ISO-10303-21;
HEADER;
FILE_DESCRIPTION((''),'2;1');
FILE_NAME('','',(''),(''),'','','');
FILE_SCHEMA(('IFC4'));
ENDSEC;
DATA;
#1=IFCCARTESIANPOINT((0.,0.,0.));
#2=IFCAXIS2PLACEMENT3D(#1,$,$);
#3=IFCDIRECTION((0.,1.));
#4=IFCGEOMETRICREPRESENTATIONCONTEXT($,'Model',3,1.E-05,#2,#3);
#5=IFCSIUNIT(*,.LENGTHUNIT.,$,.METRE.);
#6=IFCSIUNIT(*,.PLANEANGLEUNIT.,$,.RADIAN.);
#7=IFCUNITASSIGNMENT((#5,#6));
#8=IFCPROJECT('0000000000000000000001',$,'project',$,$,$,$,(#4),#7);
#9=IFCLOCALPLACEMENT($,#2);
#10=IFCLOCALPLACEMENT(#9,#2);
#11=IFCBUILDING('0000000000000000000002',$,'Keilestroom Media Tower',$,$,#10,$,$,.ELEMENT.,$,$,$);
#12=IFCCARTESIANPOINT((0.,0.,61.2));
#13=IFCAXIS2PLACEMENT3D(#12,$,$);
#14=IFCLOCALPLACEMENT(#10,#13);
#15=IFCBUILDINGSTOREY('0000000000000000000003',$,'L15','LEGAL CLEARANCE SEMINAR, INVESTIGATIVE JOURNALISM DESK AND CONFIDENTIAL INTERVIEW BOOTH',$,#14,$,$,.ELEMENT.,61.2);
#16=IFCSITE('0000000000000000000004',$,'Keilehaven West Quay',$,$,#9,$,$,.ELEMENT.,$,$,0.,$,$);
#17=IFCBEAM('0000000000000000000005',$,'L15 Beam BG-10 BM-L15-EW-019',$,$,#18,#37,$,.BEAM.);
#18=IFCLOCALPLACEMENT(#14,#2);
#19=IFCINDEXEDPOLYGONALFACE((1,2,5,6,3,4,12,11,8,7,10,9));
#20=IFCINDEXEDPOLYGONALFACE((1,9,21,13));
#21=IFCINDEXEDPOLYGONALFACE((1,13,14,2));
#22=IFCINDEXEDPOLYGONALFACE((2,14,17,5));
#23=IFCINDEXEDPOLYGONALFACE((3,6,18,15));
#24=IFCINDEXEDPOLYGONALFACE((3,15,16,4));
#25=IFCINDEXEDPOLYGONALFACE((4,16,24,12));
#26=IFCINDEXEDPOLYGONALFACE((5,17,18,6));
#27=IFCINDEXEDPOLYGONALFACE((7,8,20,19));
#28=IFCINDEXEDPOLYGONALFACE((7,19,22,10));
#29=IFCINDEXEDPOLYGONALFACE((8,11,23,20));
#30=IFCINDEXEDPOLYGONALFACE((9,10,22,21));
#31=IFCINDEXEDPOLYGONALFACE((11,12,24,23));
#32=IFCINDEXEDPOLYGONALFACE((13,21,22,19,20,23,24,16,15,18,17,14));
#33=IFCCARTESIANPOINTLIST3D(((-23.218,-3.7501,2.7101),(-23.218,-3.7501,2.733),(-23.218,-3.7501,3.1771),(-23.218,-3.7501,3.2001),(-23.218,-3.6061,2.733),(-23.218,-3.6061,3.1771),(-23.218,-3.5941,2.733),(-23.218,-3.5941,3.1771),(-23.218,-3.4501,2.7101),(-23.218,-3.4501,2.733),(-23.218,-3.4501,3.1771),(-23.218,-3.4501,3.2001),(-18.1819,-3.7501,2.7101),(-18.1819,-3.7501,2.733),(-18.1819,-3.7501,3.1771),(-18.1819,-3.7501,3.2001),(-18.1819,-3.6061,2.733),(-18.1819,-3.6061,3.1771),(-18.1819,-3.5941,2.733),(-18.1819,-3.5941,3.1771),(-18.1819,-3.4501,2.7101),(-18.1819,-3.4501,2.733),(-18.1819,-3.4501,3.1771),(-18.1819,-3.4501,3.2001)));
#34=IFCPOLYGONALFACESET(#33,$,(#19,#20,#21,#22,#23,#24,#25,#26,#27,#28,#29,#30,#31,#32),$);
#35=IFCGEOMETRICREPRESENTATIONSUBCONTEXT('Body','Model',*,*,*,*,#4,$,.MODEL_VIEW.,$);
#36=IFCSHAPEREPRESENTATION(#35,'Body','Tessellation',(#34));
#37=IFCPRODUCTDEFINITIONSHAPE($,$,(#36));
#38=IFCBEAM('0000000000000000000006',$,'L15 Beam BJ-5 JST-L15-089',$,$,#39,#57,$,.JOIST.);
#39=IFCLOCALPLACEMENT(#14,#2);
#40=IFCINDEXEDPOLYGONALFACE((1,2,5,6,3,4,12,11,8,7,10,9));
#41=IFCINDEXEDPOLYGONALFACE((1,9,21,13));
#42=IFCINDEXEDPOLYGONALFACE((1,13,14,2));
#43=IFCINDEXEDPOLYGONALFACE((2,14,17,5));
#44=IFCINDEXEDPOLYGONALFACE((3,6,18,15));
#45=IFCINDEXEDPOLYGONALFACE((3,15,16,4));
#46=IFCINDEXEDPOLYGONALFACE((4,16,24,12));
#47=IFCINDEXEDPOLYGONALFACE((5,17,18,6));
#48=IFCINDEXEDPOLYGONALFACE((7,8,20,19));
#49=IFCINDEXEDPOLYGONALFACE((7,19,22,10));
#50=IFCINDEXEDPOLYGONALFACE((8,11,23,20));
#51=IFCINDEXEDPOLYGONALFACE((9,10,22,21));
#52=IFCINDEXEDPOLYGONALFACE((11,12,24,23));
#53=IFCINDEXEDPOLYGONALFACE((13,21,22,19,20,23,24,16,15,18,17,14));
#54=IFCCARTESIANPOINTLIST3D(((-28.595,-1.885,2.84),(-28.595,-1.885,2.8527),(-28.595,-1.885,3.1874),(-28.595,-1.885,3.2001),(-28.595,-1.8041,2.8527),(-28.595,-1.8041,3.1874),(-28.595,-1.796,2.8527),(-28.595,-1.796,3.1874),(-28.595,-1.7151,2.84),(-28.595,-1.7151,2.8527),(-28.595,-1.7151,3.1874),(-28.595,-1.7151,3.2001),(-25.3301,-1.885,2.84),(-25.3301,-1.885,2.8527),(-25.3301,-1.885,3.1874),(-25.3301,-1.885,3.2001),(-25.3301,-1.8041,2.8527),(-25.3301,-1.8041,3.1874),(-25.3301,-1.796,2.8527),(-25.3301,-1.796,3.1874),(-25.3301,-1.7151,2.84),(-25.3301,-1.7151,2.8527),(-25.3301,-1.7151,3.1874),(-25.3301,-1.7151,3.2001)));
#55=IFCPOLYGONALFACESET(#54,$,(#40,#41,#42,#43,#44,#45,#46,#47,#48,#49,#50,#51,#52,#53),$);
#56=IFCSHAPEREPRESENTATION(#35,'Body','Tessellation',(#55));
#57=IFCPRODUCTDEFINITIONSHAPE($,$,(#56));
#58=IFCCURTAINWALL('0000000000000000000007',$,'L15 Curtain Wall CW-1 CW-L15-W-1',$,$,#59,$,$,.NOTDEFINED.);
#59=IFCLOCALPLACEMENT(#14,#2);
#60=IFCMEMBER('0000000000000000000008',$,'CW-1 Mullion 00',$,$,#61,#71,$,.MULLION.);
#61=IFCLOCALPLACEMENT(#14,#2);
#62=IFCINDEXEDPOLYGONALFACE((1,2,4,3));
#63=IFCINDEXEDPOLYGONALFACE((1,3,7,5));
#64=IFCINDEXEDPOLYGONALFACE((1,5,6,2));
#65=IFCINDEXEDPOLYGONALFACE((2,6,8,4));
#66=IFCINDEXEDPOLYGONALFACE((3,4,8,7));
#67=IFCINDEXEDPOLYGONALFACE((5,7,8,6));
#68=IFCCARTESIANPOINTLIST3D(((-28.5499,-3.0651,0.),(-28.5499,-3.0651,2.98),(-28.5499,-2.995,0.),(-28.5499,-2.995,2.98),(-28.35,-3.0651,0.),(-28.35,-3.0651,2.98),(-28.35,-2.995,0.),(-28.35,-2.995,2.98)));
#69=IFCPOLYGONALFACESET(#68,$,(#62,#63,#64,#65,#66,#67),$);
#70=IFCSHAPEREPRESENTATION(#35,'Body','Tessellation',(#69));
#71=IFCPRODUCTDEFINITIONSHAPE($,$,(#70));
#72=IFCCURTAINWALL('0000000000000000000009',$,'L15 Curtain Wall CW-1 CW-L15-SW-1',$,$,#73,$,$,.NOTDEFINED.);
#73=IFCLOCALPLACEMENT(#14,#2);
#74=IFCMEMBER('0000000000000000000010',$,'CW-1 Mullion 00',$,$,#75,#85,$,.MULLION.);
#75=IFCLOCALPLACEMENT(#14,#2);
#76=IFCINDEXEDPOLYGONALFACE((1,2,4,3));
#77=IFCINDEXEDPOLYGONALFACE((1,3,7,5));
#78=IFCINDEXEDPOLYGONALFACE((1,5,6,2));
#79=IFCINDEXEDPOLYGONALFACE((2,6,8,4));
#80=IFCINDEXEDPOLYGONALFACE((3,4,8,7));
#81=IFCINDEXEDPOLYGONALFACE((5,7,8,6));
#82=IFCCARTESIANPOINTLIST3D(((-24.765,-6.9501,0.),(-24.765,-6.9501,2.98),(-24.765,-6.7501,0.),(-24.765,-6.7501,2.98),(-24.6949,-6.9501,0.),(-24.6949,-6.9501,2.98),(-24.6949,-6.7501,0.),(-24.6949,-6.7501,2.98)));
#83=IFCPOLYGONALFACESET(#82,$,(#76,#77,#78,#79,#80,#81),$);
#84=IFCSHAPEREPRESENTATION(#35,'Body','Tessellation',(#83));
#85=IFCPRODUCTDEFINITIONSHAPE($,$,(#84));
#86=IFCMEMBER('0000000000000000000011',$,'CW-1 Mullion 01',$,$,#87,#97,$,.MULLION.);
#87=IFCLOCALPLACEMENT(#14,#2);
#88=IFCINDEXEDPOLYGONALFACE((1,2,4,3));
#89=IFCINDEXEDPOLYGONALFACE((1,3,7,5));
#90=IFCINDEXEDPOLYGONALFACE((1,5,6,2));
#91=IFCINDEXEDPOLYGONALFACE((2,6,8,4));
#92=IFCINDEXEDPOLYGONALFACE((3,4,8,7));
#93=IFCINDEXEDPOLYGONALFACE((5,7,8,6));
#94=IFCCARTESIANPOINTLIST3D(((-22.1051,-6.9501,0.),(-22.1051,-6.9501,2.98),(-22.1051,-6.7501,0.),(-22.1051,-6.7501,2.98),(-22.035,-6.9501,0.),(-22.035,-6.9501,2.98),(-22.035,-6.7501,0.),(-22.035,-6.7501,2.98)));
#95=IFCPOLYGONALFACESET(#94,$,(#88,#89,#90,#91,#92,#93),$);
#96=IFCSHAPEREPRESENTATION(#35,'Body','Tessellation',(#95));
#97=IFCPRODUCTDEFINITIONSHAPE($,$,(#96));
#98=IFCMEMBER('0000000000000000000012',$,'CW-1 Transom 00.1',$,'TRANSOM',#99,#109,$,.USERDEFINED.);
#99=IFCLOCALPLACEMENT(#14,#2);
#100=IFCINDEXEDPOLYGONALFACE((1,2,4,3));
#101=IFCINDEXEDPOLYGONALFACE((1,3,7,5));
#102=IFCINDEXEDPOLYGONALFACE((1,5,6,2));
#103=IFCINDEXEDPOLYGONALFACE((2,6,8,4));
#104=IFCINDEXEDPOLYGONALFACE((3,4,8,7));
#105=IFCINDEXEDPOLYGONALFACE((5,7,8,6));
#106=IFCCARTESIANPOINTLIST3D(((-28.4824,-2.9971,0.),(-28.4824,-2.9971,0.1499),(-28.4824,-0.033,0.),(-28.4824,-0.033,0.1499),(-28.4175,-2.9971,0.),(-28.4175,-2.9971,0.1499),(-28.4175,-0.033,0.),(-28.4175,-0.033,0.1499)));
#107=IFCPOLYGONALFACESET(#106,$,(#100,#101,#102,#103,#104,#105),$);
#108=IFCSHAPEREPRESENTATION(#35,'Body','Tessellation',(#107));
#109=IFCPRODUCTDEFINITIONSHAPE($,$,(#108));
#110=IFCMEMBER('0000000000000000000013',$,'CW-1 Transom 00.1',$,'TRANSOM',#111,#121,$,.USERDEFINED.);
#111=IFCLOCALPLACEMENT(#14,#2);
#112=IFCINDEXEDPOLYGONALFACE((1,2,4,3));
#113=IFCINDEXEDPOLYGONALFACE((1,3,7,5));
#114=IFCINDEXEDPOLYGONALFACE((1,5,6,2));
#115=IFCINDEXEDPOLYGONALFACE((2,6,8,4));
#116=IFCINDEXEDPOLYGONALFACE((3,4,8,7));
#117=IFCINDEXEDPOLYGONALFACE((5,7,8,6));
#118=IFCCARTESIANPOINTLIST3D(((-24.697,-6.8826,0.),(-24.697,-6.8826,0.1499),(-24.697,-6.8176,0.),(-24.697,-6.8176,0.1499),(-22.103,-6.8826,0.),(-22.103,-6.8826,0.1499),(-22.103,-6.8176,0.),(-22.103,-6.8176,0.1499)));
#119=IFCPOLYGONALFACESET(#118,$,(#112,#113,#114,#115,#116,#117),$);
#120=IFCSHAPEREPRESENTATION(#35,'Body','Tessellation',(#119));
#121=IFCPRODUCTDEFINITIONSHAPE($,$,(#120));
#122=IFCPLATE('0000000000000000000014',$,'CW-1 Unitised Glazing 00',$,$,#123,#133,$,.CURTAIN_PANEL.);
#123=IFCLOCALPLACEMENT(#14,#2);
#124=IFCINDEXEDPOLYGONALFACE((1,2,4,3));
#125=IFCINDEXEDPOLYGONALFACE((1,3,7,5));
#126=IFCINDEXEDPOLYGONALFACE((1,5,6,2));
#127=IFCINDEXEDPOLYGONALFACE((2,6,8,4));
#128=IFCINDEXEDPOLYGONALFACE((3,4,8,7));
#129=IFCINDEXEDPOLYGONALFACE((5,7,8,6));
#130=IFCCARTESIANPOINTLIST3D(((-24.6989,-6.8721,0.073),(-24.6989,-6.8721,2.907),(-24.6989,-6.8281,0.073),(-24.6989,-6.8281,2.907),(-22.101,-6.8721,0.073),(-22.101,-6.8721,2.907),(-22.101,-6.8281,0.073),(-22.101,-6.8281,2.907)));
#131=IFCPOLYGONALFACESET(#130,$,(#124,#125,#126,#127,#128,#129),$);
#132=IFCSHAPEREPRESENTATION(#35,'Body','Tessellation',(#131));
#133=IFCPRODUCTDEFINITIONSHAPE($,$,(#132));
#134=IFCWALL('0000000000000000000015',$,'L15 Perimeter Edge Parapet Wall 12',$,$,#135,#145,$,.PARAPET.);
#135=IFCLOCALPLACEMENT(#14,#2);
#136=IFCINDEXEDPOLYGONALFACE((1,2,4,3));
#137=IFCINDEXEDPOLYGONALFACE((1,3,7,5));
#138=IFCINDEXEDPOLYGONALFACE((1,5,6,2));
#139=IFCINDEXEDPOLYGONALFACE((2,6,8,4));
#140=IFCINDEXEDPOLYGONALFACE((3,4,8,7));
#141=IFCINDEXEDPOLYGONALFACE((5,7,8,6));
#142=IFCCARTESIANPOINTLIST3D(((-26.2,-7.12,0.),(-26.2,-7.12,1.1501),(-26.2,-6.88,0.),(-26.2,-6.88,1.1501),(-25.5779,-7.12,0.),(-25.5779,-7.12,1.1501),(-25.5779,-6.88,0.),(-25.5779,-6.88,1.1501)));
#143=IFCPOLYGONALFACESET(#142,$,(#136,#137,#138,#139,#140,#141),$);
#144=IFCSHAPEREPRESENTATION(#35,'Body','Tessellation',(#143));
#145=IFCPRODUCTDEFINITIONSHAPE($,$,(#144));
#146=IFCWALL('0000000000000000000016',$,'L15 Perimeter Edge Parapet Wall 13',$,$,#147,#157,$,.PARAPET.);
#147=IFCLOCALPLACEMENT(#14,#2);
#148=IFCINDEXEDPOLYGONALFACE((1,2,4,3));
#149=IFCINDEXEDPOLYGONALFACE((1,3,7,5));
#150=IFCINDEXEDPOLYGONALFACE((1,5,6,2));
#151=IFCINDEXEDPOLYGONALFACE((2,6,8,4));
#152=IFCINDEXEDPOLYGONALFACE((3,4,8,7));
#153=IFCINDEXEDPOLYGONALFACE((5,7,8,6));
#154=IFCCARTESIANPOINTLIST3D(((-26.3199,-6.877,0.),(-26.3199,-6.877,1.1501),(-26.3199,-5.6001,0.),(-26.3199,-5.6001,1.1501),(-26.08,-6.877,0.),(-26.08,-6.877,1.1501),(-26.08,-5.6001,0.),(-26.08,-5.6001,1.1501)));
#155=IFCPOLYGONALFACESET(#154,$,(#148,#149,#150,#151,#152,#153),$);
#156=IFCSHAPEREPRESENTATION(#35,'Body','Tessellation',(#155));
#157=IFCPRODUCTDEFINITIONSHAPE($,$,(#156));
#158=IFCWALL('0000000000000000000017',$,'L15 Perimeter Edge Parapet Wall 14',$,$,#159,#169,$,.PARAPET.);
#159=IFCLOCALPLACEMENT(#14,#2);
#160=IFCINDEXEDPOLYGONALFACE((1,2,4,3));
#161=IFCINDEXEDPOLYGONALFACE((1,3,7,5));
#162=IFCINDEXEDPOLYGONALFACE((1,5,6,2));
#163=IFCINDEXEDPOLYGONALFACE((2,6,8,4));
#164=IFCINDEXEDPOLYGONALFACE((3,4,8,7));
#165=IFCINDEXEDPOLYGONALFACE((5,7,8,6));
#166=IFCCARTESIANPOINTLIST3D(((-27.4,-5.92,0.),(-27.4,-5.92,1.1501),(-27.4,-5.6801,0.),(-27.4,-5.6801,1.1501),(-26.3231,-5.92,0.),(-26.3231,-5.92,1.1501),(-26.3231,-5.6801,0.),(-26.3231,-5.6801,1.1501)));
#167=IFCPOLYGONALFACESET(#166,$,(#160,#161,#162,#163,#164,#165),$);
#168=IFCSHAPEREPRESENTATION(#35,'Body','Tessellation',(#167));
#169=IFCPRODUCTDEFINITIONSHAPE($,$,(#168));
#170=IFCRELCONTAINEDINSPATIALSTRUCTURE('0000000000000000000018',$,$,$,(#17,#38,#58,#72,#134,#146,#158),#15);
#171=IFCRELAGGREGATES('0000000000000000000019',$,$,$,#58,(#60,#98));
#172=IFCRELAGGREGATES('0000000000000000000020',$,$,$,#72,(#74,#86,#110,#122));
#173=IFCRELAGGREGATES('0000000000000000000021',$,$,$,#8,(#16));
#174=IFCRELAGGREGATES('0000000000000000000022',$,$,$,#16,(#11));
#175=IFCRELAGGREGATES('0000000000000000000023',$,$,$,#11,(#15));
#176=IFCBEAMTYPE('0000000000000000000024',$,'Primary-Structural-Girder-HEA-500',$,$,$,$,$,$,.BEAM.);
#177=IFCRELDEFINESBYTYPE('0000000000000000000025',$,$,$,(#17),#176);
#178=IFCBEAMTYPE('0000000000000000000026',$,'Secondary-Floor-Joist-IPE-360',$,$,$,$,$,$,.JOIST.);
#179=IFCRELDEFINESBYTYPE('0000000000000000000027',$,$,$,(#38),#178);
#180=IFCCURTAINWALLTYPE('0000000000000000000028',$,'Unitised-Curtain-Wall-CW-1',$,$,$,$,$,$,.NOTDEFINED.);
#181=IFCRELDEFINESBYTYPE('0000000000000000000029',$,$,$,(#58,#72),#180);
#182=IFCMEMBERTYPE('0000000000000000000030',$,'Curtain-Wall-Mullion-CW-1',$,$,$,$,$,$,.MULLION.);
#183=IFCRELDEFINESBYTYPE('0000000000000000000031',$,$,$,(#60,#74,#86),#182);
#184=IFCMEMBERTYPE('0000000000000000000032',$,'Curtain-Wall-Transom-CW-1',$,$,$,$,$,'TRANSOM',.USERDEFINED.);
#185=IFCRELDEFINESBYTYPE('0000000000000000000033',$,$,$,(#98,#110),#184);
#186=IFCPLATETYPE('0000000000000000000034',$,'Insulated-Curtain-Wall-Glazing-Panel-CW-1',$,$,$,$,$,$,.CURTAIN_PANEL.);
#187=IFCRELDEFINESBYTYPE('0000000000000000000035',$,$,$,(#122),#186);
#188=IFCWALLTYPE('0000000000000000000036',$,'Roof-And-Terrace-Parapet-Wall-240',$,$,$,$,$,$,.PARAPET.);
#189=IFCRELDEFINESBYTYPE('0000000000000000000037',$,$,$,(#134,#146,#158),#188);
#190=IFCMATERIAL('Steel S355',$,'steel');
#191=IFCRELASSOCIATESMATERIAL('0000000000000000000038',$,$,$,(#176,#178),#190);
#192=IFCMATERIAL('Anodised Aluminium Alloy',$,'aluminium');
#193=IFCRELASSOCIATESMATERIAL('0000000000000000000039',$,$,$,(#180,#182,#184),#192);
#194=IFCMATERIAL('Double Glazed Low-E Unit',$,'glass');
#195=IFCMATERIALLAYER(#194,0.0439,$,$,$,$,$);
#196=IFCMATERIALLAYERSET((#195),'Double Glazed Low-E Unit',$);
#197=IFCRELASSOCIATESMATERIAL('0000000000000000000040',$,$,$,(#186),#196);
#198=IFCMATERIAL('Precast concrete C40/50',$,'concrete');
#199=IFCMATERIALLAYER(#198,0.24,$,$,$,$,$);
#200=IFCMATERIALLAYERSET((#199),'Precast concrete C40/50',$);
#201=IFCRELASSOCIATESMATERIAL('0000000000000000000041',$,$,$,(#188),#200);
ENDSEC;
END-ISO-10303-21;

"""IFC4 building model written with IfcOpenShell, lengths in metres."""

from ifc_helpers import new_model, si_unit, direction, frame, frame_2d, origin, origin_2d, place, context, subcontext, project, spatial, rectangle, i_section, extrude, source, transform, mapped, material, layer, layer_set, material_profile, profile_set, type_object, element, aggregate, save


model = new_model("IFC4")

# Units and contexts
model_context = context("Model", 3, precision=1e-05, world=origin(), true_north=direction((0.0, 1.0)))
body_context = subcontext(model_context, "Body", "Model", "MODEL_VIEW")
ifc_project = project(units=[si_unit("LENGTHUNIT", "METRE"), si_unit("PLANEANGLEUNIT", "RADIAN")], contexts=[model_context])

# Site, building, storey
site_placement = place(None, origin())
site = spatial("IfcSite", under=ifc_project, at=site_placement, Name="Keilehaven West Quay", CompositionType="ELEMENT", RefElevation=0.0)
building_placement = place(site_placement, origin())
building = spatial("IfcBuilding", under=site, at=building_placement, Name="Keilestroom Media Tower", CompositionType="ELEMENT")
storey_placement = place(building_placement, frame((0.0, 0.0, 61.2)))
storey = spatial("IfcBuildingStorey", under=building, at=storey_placement, Name="L15", Description="LEGAL CLEARANCE SEMINAR, INVESTIGATIVE JOURNALISM DESK AND CONFIDENTIAL INTERVIEW BOOTH", CompositionType="ELEMENT", Elevation=61.2)

# Shared definitions
ifc_material_1 = material(Name="Precast concrete C40/50", Category="concrete")

# Beams
ifc_material_2 = material(Name="Steel S355", Category="steel")
ifc_material_profile_1 = material_profile(ifc_material_2, i_section(OverallWidth=0.3, OverallDepth=0.49, WebThickness=0.012, FlangeThickness=0.0229, at=origin_2d()), Name="HEA 500")
ifc_profile_set_1 = profile_set([ifc_material_profile_1], Name="Steel S355")
beam_type_1 = type_object("IfcBeamType", Name="Primary-Structural-Girder-HEA-500", PredefinedType="BEAM", material=ifc_profile_set_1)
shared_shape_1 = source(origin(), body_context, "Body", "SweptSolid", [
    extrude(i_section(OverallWidth=0.3, OverallDepth=0.49, WebThickness=0.012, FlangeThickness=0.0229, at=origin_2d()), origin(), (0.0, 0.0, 1.0), 5.0361),
])
beam_1_placement = place(storey_placement, frame((-23.218, -3.6001, 2.9551), z_axis=(1.0, 0.0, 0.0), x_axis=(0.0, 1.0, 0.0)))
element("IfcBeam", 1, at=beam_1_placement, inside=storey, type_object=beam_type_1, Name="L15 Beam BG-10 BM-L15-EW-019", PredefinedType="BEAM", context=body_context, shape_type="MappedRepresentation", body=[
    mapped(shared_shape_1, transform((0.0, 0.0, 0.0), x_axis=(1.0, 0.0, 0.0), y_axis=(0.0, 1.0, 0.0), z_axis=(0.0, 0.0, 1.0), scale=1.0)),
])
ifc_material_profile_2 = material_profile(ifc_material_2, i_section(OverallWidth=0.1699, OverallDepth=0.3601, WebThickness=0.0081, FlangeThickness=0.0127, at=origin_2d()), Name="IPE 360")
ifc_profile_set_2 = profile_set([ifc_material_profile_2], Name="Steel S355")
beam_type_2 = type_object("IfcBeamType", Name="Secondary-Floor-Joist-IPE-360", PredefinedType="JOIST", material=ifc_profile_set_2)
shared_shape_2 = source(origin(), body_context, "Body", "SweptSolid", [
    extrude(i_section(OverallWidth=0.1699, OverallDepth=0.3601, WebThickness=0.0081, FlangeThickness=0.0127, at=origin_2d()), origin(), (0.0, 0.0, 1.0), 3.2649),
])
beam_2_placement = place(storey_placement, frame((-28.595, -1.8, 3.02), z_axis=(1.0, 0.0, 0.0), x_axis=(0.0, 1.0, 0.0)))
element("IfcBeam", 2, at=beam_2_placement, inside=storey, type_object=beam_type_2, Name="L15 Beam BJ-5 JST-L15-089", PredefinedType="JOIST", context=body_context, shape_type="MappedRepresentation", body=[
    mapped(shared_shape_2, transform((0.0, 0.0, 0.0), x_axis=(1.0, 0.0, 0.0), y_axis=(0.0, 1.0, 0.0), z_axis=(0.0, 0.0, 1.0), scale=1.0)),
])

# Curtain wall, member
ifc_material_3 = material(Name="Anodised Aluminium Alloy", Category="aluminium")
curtain_wall_type = type_object("IfcCurtainWallType", Name="Unitised-Curtain-Wall-CW-1", PredefinedType="NOTDEFINED", material=ifc_material_3)
curtain_wall_1_placement = place(storey_placement, origin())
curtain_wall_1 = element("IfcCurtainWall", 3, at=curtain_wall_1_placement, inside=storey, type_object=curtain_wall_type, Name="L15 Curtain Wall CW-1 CW-L15-W-1", PredefinedType="NOTDEFINED")
ifc_material_profile_3 = material_profile(ifc_material_3, rectangle(XDim=0.0701, YDim=0.2, at=origin_2d()), Name="ALU MULLION 70x200")
ifc_profile_set_3 = profile_set([ifc_material_profile_3], Name="Anodised Aluminium Alloy")
member_type_1 = type_object("IfcMemberType", Name="Curtain-Wall-Mullion-CW-1", PredefinedType="MULLION", material=ifc_profile_set_3)
shared_shape_3 = source(origin(), body_context, "Body", "SweptSolid", [
    extrude(rectangle(XDim=0.0701, YDim=0.2, at=origin_2d()), origin(), (0.0, 0.0, 1.0), 2.98),
])
member_1_placement = place(storey_placement, frame((-28.45, -3.03, 0.0), z_axis=(0.0, 0.0, 1.0), x_axis=(0.0, 1.0, 0.0)))
member_1 = element("IfcMember", 4, at=member_1_placement, type_object=member_type_1, Name="CW-1 Mullion 00", PredefinedType="MULLION", context=body_context, shape_type="MappedRepresentation", body=[
    mapped(shared_shape_3, transform((0.0, 0.0, 0.0), x_axis=(1.0, 0.0, 0.0), y_axis=(0.0, 1.0, 0.0), z_axis=(0.0, 0.0, 1.0), scale=1.0)),
])

# Curtain wall, members
curtain_wall_2_placement = place(storey_placement, origin())
curtain_wall_2 = element("IfcCurtainWall", 5, at=curtain_wall_2_placement, inside=storey, type_object=curtain_wall_type, Name="L15 Curtain Wall CW-1 CW-L15-SW-1", PredefinedType="NOTDEFINED")
member_2_placement = place(storey_placement, frame((-24.73, -6.8501, 0.0), z_axis=(0.0, 0.0, 1.0), x_axis=(1.0, 0.0, 0.0)))
member_2 = element("IfcMember", 6, at=member_2_placement, type_object=member_type_1, Name="CW-1 Mullion 00", PredefinedType="MULLION", context=body_context, shape_type="MappedRepresentation", body=[
    mapped(shared_shape_3, transform((0.0, 0.0, 0.0), x_axis=(1.0, 0.0, 0.0), y_axis=(0.0, 1.0, 0.0), z_axis=(0.0, 0.0, 1.0), scale=1.0)),
])
member_3_placement = place(storey_placement, frame((-22.0701, -6.8501, 0.0), z_axis=(0.0, 0.0, 1.0), x_axis=(1.0, 0.0, 0.0)))
member_3 = element("IfcMember", 7, at=member_3_placement, type_object=member_type_1, Name="CW-1 Mullion 01", PredefinedType="MULLION", context=body_context, shape_type="MappedRepresentation", body=[
    mapped(shared_shape_3, transform((0.0, 0.0, 0.0), x_axis=(1.0, 0.0, 0.0), y_axis=(0.0, 1.0, 0.0), z_axis=(0.0, 0.0, 1.0), scale=1.0)),
])

# Members
ifc_material_profile_4 = material_profile(ifc_material_3, rectangle(XDim=0.0649, YDim=0.1499, at=origin_2d()), Name="ALU TRANSOM 65x150")
ifc_profile_set_4 = profile_set([ifc_material_profile_4], Name="Anodised Aluminium Alloy")
member_type_2 = type_object("IfcMemberType", Name="Curtain-Wall-Transom-CW-1", ElementType="TRANSOM", PredefinedType="USERDEFINED", material=ifc_profile_set_4)
shared_shape_4 = source(origin(), body_context, "Body", "SweptSolid", [
    extrude(rectangle(XDim=0.0649, YDim=0.1499, at=origin_2d()), origin(), (0.0, 0.0, 1.0), 2.9641),
])
member_4_placement = place(storey_placement, frame((-28.45, -2.9971, 0.075), z_axis=(0.0, 1.0, 0.0), x_axis=(-1.0, 0.0, 0.0)))
member_4 = element("IfcMember", 8, at=member_4_placement, type_object=member_type_2, Name="CW-1 Transom 00.1", ObjectType="TRANSOM", PredefinedType="USERDEFINED", context=body_context, shape_type="MappedRepresentation", body=[
    mapped(shared_shape_4, transform((0.0, 0.0, 0.0), x_axis=(1.0, 0.0, 0.0), y_axis=(0.0, 1.0, 0.0), z_axis=(0.0, 0.0, 1.0), scale=1.0)),
])
aggregate(curtain_wall_1, [member_1, member_4])
shared_shape_5 = source(origin(), body_context, "Body", "SweptSolid", [
    extrude(rectangle(XDim=0.0649, YDim=0.1499, at=origin_2d()), origin(), (0.0, 0.0, 1.0), 2.594),
])
member_5_placement = place(storey_placement, frame((-24.697, -6.8501, 0.075), z_axis=(1.0, 0.0, 0.0), x_axis=(0.0, 1.0, 0.0)))
member_5 = element("IfcMember", 9, at=member_5_placement, type_object=member_type_2, Name="CW-1 Transom 00.1", ObjectType="TRANSOM", PredefinedType="USERDEFINED", context=body_context, shape_type="MappedRepresentation", body=[
    mapped(shared_shape_5, transform((0.0, 0.0, 0.0), x_axis=(1.0, 0.0, 0.0), y_axis=(0.0, 1.0, 0.0), z_axis=(0.0, 0.0, 1.0), scale=1.0)),
])

# Plate
ifc_material_4 = material(Name="Double Glazed Low-E Unit", Category="glass")
ifc_layer_1 = layer(ifc_material_4, 0.0439)
ifc_layer_set_1 = layer_set([ifc_layer_1], Name="Double Glazed Low-E Unit")
plate_type = type_object("IfcPlateType", Name="Insulated-Curtain-Wall-Glazing-Panel-CW-1", PredefinedType="CURTAIN_PANEL", material=ifc_layer_set_1)
shared_shape_6 = source(origin(), body_context, "Body", "SweptSolid", [
    extrude(rectangle(XDim=2.5979, YDim=0.0439, at=origin_2d()), origin(), (0.0, 0.0, 1.0), 2.834),
])
plate_placement = place(storey_placement, frame((-23.3999, -6.8501, 0.073), z_axis=(0.0, 0.0, 1.0), x_axis=(1.0, 0.0, 0.0)))
plate = element("IfcPlate", 10, at=plate_placement, type_object=plate_type, Name="CW-1 Unitised Glazing 00", PredefinedType="CURTAIN_PANEL", context=body_context, shape_type="MappedRepresentation", body=[
    mapped(shared_shape_6, transform((0.0, 0.0, 0.0), x_axis=(1.0, 0.0, 0.0), y_axis=(0.0, 1.0, 0.0), z_axis=(0.0, 0.0, 1.0), scale=1.0)),
])
aggregate(curtain_wall_2, [member_2, member_3, member_5, plate])

# Walls
ifc_layer_2 = layer(ifc_material_1, 0.24)
ifc_layer_set_2 = layer_set([ifc_layer_2], Name="Precast concrete C40/50")
wall_type = type_object("IfcWallType", Name="Roof-And-Terrace-Parapet-Wall-240", PredefinedType="PARAPET", material=ifc_layer_set_2)
wall_1_placement = place(storey_placement, frame((-25.5779, -7.0, 0.0), z_axis=(0.0, 0.0, 1.0), x_axis=(-1.0, 0.0, 0.0)))
element("IfcWall", 11, at=wall_1_placement, inside=storey, type_object=wall_type, Name="L15 Perimeter Edge Parapet Wall 12", PredefinedType="PARAPET", context=body_context, shape_type="SweptSolid", body=[
    extrude(rectangle(XDim=0.6221, YDim=0.24, at=frame_2d((0.311, 0.0))), origin(), (0.0, 0.0, 1.0), 1.1501),
])
wall_2_placement = place(storey_placement, frame((-26.2, -6.877, 0.0), z_axis=(0.0, 0.0, 1.0), x_axis=(0.0, 1.0, 0.0)))
element("IfcWall", 12, at=wall_2_placement, inside=storey, type_object=wall_type, Name="L15 Perimeter Edge Parapet Wall 13", PredefinedType="PARAPET", context=body_context, shape_type="SweptSolid", body=[
    extrude(rectangle(XDim=1.2769, YDim=0.24, at=frame_2d((0.6384, 0.0))), origin(), (0.0, 0.0, 1.0), 1.1501),
])
wall_3_placement = place(storey_placement, frame((-26.323, -5.8, 0.0), z_axis=(0.0, 0.0, 1.0), x_axis=(-1.0, 0.0, 0.0)))
element("IfcWall", 13, at=wall_3_placement, inside=storey, type_object=wall_type, Name="L15 Perimeter Edge Parapet Wall 14", PredefinedType="PARAPET", context=body_context, shape_type="SweptSolid", body=[
    extrude(rectangle(XDim=1.0769, YDim=0.24, at=frame_2d((0.5386, 0.0))), origin(), (0.0, 0.0, 1.0), 1.1501),
])

save(model, "model.ifc")
